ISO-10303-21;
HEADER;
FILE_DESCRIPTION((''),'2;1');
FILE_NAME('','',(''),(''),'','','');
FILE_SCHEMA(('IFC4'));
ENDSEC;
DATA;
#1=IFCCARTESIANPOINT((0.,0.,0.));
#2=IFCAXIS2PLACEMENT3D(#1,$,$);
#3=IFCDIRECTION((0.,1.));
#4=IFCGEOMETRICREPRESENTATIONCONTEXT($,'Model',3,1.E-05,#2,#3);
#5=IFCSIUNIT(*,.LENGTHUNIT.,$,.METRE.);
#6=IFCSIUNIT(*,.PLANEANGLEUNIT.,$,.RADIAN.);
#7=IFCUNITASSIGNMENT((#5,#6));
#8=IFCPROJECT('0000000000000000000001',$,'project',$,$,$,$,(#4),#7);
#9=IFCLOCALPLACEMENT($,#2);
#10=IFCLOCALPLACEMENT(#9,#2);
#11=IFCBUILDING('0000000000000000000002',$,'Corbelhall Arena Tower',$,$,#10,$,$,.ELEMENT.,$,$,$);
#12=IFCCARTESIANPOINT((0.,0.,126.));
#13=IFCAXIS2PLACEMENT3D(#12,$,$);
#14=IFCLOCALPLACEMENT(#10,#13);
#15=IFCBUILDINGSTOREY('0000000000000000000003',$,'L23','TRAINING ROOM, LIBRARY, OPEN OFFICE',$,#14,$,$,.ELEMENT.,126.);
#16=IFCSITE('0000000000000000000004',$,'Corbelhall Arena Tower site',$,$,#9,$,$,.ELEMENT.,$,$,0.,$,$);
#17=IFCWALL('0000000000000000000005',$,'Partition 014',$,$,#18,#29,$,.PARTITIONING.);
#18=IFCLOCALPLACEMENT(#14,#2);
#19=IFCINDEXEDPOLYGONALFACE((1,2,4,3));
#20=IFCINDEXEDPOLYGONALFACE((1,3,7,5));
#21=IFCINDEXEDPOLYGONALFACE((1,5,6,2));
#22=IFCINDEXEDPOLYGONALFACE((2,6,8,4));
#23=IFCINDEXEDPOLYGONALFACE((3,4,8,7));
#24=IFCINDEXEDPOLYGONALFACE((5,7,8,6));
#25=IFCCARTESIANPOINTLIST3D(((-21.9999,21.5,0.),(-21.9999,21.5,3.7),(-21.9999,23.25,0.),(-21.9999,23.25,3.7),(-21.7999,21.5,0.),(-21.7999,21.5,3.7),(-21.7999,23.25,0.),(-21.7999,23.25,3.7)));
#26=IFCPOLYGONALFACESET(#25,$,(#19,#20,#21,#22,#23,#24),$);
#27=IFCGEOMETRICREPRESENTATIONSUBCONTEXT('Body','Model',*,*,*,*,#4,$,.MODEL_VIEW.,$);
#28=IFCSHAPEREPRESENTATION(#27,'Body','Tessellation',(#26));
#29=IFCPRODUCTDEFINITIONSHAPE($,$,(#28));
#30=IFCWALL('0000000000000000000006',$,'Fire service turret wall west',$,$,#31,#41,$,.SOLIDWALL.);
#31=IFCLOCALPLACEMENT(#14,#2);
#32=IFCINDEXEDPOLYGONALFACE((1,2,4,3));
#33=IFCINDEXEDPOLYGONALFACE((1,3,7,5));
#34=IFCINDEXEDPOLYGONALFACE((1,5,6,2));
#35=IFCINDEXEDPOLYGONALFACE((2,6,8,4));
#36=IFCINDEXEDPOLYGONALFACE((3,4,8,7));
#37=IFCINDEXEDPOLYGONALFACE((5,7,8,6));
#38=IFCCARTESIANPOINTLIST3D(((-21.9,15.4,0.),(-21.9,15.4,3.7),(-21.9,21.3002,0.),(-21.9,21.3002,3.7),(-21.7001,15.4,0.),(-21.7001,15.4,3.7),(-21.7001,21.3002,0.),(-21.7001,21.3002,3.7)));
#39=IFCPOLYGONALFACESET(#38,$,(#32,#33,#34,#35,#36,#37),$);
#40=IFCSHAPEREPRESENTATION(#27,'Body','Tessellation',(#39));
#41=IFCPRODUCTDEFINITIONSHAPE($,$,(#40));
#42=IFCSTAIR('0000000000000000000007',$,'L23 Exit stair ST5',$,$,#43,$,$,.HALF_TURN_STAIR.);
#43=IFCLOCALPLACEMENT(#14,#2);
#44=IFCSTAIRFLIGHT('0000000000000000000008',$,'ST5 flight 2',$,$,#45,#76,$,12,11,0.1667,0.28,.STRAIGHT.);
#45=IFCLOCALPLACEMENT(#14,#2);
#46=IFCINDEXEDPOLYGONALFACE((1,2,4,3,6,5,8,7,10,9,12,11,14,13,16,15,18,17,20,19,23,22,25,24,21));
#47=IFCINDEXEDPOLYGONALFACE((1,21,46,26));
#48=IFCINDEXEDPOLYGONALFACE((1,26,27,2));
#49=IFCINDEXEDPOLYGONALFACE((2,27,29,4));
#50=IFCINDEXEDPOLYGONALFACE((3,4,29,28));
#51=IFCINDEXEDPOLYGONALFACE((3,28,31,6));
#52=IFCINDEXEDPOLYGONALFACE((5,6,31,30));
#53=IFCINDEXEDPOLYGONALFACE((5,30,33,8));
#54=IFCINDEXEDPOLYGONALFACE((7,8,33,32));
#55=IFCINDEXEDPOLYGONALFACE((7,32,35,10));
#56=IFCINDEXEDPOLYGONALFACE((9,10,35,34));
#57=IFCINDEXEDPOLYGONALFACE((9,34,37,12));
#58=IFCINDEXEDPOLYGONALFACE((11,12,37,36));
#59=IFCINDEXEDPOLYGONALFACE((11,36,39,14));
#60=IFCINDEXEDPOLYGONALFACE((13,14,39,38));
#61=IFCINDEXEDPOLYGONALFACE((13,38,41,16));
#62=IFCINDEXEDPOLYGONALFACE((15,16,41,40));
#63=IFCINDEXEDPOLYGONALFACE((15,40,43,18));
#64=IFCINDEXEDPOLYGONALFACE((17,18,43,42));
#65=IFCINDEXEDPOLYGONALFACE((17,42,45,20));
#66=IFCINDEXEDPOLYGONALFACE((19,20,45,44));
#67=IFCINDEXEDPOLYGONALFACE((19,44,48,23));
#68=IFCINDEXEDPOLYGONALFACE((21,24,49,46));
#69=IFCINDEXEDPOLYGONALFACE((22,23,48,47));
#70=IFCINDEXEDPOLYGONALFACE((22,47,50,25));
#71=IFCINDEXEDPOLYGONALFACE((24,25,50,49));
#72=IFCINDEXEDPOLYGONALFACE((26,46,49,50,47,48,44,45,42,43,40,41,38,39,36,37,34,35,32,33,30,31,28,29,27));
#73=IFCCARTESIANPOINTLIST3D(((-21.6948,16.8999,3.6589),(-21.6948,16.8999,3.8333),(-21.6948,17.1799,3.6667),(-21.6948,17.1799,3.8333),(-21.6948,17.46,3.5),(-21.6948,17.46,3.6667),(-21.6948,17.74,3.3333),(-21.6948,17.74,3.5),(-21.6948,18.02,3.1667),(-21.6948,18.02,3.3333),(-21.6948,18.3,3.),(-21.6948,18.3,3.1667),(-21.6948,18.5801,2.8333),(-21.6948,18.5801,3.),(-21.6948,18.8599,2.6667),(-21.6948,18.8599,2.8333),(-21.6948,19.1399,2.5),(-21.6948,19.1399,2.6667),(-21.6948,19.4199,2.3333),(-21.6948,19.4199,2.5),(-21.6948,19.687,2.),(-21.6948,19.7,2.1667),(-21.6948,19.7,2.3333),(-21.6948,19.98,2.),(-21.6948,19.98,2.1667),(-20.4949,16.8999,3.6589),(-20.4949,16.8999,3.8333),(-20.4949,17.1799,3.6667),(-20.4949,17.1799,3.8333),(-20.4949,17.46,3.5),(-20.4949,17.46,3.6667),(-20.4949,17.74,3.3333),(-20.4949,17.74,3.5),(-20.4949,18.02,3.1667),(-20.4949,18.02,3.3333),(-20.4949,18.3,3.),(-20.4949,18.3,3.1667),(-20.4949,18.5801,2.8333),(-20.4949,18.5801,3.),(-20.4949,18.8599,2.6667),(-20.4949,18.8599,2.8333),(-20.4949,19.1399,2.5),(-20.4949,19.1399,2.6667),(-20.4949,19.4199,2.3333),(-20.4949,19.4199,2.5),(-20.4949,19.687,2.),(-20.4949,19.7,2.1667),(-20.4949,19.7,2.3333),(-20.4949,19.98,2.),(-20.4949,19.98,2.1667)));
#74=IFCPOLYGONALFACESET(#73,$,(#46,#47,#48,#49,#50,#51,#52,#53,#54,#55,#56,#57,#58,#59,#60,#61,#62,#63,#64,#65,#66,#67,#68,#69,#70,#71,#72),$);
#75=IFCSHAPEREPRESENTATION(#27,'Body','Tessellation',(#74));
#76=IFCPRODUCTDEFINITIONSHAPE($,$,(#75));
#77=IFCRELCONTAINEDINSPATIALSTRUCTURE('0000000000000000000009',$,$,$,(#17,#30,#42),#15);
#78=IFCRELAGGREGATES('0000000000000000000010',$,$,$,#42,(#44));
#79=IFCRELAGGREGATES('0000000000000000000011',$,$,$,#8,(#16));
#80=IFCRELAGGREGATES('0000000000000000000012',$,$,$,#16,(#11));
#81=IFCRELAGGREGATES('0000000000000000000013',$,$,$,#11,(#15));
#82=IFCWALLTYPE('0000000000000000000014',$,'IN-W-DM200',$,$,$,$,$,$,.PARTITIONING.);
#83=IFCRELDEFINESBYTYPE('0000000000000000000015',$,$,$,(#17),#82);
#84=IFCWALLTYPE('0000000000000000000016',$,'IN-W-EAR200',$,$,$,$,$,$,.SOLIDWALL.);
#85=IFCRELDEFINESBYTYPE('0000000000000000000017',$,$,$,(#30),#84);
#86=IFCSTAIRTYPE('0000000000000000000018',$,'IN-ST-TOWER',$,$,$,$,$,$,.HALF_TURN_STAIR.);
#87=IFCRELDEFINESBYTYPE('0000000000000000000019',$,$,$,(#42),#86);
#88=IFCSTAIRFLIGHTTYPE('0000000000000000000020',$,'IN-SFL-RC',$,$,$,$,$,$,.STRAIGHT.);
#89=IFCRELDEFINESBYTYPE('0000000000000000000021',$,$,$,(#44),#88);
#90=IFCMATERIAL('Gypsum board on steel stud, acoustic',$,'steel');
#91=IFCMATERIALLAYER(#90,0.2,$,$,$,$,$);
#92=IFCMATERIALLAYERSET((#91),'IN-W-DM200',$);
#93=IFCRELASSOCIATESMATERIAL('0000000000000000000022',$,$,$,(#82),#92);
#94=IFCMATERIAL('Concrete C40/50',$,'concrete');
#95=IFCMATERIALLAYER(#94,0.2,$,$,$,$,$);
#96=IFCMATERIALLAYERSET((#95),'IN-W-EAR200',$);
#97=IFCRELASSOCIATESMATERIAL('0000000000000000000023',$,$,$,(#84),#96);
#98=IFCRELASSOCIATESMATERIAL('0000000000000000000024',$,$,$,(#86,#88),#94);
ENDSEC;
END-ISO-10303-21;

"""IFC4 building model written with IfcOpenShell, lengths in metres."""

from ifc_helpers import new_model, si_unit, direction, frame, frame_2d, origin, place, context, subcontext, project, spatial, polyline, rectangle, outline, extrude, material, layer, layer_set, type_object, element, aggregate, save


model = new_model("IFC4")

# Units and contexts
model_context = context("Model", 3, precision=1e-05, world=origin(), true_north=direction((0.0, 1.0)))
body_context = subcontext(model_context, "Body", "Model", "MODEL_VIEW")
ifc_project = project(units=[si_unit("LENGTHUNIT", "METRE"), si_unit("PLANEANGLEUNIT", "RADIAN")], contexts=[model_context])

# Site, building, storey
site_placement = place(None, origin())
site = spatial("IfcSite", under=ifc_project, at=site_placement, Name="Corbelhall Arena Tower site", CompositionType="ELEMENT", RefElevation=0.0)
building_placement = place(site_placement, origin())
building = spatial("IfcBuilding", under=site, at=building_placement, Name="Corbelhall Arena Tower", CompositionType="ELEMENT")
storey_placement = place(building_placement, frame((0.0, 0.0, 126.0)))
storey = spatial("IfcBuildingStorey", under=building, at=storey_placement, Name="L23", Description="TRAINING ROOM, LIBRARY, OPEN OFFICE", CompositionType="ELEMENT", Elevation=126.0)

# Wall
ifc_material_1 = material(Name="Gypsum board on steel stud, acoustic", Category="steel")
ifc_layer_1 = layer(ifc_material_1, 0.2)
ifc_layer_set_1 = layer_set([ifc_layer_1], Name="IN-W-DM200")
wall_type_1 = type_object("IfcWallType", Name="IN-W-DM200", PredefinedType="PARTITIONING", material=ifc_layer_set_1)
wall_1_placement = place(storey_placement, frame((-21.8999, 21.5, 0.0), z_axis=(0.0, 0.0, 1.0), x_axis=(0.0, 1.0, 0.0)))
element("IfcWall", 1, at=wall_1_placement, inside=storey, type_object=wall_type_1, Name="Partition 014", PredefinedType="PARTITIONING", context=body_context, shape_type="SweptSolid", body=[
    extrude(rectangle(XDim=1.75, YDim=0.2, at=frame_2d((0.875, 0.0))), origin(), (0.0, 0.0, 1.0), 3.7),
])

# Shared definitions
ifc_material_2 = material(Name="Concrete C40/50", Category="concrete")
ifc_layer_2 = layer(ifc_material_2, 0.2)
ifc_layer_set_2 = layer_set([ifc_layer_2], Name="IN-W-EAR200")
wall_type_2 = type_object("IfcWallType", Name="IN-W-EAR200", PredefinedType="SOLIDWALL", material=ifc_layer_set_2)

# Wall
wall_2_placement = place(storey_placement, frame((-21.8, 15.3999, 0.0), z_axis=(0.0, 0.0, 1.0), x_axis=(0.0, 1.0, 0.0)))
element("IfcWall", 2, at=wall_2_placement, inside=storey, type_object=wall_type_2, Name="Fire service turret wall west", PredefinedType="SOLIDWALL", context=body_context, shape_type="SweptSolid", body=[
    extrude(rectangle(XDim=5.9001, YDim=0.2, at=frame_2d((2.9502, 0.0))), origin(), (0.0, 0.0, 1.0), 3.7),
])

# Stair, stair flight
stair_type = type_object("IfcStairType", Name="IN-ST-TOWER", PredefinedType="HALF_TURN_STAIR", material=ifc_material_2)
stair_placement = place(storey_placement, origin())
stair = element("IfcStair", 3, at=stair_placement, inside=storey, type_object=stair_type, Name="L23 Exit stair ST5", PredefinedType="HALF_TURN_STAIR")
stair_flight_type = type_object("IfcStairFlightType", Name="IN-SFL-RC", PredefinedType="STRAIGHT", material=ifc_material_2)
stair_flight_placement = place(storey_placement, frame((-21.095, 19.98, 2.0), z_axis=(0.0, 0.0, 1.0), x_axis=(0.0, -1.0, 0.0)))
stair_flight = element("IfcStairFlight", 4, at=stair_flight_placement, type_object=stair_flight_type, Name="ST5 flight 2", NumberOfRisers=12, NumberOfTreads=11, PredefinedType="STRAIGHT", RiserHeight=0.1667, TreadLength=0.28, context=body_context, shape_type="SweptSolid", body=[
    extrude(outline(polyline([(0.0, 0.0), (0.0, 0.1667), (0.28, 0.1667), (0.28, 0.3333), (0.5601, 0.3333), (0.5601, 0.5), (0.8401, 0.5), (0.8401, 0.6667), (1.1201, 0.6667), (1.1201, 0.8333), (1.3999, 0.8333), (1.3999, 1.0), (1.6799, 1.0), (1.6799, 1.1667), (1.96, 1.1667), (1.96, 1.3333), (2.24, 1.3333), (2.24, 1.5), (2.52, 1.5), (2.52, 1.6667), (2.8, 1.6667), (2.8, 1.8333), (3.0801, 1.8333), (3.0801, 2.0), (3.0801, 1.6589), (0.293, 0.0), (0.0, 0.0)])), frame((0.0, 0.6001, 0.0), z_axis=(0.0, -1.0, 0.0), x_axis=(1.0, 0.0, 0.0)), (0.0, 0.0, 1.0), 1.2),
])
aggregate(stair, [stair_flight])

save(model, "model.ifc")
